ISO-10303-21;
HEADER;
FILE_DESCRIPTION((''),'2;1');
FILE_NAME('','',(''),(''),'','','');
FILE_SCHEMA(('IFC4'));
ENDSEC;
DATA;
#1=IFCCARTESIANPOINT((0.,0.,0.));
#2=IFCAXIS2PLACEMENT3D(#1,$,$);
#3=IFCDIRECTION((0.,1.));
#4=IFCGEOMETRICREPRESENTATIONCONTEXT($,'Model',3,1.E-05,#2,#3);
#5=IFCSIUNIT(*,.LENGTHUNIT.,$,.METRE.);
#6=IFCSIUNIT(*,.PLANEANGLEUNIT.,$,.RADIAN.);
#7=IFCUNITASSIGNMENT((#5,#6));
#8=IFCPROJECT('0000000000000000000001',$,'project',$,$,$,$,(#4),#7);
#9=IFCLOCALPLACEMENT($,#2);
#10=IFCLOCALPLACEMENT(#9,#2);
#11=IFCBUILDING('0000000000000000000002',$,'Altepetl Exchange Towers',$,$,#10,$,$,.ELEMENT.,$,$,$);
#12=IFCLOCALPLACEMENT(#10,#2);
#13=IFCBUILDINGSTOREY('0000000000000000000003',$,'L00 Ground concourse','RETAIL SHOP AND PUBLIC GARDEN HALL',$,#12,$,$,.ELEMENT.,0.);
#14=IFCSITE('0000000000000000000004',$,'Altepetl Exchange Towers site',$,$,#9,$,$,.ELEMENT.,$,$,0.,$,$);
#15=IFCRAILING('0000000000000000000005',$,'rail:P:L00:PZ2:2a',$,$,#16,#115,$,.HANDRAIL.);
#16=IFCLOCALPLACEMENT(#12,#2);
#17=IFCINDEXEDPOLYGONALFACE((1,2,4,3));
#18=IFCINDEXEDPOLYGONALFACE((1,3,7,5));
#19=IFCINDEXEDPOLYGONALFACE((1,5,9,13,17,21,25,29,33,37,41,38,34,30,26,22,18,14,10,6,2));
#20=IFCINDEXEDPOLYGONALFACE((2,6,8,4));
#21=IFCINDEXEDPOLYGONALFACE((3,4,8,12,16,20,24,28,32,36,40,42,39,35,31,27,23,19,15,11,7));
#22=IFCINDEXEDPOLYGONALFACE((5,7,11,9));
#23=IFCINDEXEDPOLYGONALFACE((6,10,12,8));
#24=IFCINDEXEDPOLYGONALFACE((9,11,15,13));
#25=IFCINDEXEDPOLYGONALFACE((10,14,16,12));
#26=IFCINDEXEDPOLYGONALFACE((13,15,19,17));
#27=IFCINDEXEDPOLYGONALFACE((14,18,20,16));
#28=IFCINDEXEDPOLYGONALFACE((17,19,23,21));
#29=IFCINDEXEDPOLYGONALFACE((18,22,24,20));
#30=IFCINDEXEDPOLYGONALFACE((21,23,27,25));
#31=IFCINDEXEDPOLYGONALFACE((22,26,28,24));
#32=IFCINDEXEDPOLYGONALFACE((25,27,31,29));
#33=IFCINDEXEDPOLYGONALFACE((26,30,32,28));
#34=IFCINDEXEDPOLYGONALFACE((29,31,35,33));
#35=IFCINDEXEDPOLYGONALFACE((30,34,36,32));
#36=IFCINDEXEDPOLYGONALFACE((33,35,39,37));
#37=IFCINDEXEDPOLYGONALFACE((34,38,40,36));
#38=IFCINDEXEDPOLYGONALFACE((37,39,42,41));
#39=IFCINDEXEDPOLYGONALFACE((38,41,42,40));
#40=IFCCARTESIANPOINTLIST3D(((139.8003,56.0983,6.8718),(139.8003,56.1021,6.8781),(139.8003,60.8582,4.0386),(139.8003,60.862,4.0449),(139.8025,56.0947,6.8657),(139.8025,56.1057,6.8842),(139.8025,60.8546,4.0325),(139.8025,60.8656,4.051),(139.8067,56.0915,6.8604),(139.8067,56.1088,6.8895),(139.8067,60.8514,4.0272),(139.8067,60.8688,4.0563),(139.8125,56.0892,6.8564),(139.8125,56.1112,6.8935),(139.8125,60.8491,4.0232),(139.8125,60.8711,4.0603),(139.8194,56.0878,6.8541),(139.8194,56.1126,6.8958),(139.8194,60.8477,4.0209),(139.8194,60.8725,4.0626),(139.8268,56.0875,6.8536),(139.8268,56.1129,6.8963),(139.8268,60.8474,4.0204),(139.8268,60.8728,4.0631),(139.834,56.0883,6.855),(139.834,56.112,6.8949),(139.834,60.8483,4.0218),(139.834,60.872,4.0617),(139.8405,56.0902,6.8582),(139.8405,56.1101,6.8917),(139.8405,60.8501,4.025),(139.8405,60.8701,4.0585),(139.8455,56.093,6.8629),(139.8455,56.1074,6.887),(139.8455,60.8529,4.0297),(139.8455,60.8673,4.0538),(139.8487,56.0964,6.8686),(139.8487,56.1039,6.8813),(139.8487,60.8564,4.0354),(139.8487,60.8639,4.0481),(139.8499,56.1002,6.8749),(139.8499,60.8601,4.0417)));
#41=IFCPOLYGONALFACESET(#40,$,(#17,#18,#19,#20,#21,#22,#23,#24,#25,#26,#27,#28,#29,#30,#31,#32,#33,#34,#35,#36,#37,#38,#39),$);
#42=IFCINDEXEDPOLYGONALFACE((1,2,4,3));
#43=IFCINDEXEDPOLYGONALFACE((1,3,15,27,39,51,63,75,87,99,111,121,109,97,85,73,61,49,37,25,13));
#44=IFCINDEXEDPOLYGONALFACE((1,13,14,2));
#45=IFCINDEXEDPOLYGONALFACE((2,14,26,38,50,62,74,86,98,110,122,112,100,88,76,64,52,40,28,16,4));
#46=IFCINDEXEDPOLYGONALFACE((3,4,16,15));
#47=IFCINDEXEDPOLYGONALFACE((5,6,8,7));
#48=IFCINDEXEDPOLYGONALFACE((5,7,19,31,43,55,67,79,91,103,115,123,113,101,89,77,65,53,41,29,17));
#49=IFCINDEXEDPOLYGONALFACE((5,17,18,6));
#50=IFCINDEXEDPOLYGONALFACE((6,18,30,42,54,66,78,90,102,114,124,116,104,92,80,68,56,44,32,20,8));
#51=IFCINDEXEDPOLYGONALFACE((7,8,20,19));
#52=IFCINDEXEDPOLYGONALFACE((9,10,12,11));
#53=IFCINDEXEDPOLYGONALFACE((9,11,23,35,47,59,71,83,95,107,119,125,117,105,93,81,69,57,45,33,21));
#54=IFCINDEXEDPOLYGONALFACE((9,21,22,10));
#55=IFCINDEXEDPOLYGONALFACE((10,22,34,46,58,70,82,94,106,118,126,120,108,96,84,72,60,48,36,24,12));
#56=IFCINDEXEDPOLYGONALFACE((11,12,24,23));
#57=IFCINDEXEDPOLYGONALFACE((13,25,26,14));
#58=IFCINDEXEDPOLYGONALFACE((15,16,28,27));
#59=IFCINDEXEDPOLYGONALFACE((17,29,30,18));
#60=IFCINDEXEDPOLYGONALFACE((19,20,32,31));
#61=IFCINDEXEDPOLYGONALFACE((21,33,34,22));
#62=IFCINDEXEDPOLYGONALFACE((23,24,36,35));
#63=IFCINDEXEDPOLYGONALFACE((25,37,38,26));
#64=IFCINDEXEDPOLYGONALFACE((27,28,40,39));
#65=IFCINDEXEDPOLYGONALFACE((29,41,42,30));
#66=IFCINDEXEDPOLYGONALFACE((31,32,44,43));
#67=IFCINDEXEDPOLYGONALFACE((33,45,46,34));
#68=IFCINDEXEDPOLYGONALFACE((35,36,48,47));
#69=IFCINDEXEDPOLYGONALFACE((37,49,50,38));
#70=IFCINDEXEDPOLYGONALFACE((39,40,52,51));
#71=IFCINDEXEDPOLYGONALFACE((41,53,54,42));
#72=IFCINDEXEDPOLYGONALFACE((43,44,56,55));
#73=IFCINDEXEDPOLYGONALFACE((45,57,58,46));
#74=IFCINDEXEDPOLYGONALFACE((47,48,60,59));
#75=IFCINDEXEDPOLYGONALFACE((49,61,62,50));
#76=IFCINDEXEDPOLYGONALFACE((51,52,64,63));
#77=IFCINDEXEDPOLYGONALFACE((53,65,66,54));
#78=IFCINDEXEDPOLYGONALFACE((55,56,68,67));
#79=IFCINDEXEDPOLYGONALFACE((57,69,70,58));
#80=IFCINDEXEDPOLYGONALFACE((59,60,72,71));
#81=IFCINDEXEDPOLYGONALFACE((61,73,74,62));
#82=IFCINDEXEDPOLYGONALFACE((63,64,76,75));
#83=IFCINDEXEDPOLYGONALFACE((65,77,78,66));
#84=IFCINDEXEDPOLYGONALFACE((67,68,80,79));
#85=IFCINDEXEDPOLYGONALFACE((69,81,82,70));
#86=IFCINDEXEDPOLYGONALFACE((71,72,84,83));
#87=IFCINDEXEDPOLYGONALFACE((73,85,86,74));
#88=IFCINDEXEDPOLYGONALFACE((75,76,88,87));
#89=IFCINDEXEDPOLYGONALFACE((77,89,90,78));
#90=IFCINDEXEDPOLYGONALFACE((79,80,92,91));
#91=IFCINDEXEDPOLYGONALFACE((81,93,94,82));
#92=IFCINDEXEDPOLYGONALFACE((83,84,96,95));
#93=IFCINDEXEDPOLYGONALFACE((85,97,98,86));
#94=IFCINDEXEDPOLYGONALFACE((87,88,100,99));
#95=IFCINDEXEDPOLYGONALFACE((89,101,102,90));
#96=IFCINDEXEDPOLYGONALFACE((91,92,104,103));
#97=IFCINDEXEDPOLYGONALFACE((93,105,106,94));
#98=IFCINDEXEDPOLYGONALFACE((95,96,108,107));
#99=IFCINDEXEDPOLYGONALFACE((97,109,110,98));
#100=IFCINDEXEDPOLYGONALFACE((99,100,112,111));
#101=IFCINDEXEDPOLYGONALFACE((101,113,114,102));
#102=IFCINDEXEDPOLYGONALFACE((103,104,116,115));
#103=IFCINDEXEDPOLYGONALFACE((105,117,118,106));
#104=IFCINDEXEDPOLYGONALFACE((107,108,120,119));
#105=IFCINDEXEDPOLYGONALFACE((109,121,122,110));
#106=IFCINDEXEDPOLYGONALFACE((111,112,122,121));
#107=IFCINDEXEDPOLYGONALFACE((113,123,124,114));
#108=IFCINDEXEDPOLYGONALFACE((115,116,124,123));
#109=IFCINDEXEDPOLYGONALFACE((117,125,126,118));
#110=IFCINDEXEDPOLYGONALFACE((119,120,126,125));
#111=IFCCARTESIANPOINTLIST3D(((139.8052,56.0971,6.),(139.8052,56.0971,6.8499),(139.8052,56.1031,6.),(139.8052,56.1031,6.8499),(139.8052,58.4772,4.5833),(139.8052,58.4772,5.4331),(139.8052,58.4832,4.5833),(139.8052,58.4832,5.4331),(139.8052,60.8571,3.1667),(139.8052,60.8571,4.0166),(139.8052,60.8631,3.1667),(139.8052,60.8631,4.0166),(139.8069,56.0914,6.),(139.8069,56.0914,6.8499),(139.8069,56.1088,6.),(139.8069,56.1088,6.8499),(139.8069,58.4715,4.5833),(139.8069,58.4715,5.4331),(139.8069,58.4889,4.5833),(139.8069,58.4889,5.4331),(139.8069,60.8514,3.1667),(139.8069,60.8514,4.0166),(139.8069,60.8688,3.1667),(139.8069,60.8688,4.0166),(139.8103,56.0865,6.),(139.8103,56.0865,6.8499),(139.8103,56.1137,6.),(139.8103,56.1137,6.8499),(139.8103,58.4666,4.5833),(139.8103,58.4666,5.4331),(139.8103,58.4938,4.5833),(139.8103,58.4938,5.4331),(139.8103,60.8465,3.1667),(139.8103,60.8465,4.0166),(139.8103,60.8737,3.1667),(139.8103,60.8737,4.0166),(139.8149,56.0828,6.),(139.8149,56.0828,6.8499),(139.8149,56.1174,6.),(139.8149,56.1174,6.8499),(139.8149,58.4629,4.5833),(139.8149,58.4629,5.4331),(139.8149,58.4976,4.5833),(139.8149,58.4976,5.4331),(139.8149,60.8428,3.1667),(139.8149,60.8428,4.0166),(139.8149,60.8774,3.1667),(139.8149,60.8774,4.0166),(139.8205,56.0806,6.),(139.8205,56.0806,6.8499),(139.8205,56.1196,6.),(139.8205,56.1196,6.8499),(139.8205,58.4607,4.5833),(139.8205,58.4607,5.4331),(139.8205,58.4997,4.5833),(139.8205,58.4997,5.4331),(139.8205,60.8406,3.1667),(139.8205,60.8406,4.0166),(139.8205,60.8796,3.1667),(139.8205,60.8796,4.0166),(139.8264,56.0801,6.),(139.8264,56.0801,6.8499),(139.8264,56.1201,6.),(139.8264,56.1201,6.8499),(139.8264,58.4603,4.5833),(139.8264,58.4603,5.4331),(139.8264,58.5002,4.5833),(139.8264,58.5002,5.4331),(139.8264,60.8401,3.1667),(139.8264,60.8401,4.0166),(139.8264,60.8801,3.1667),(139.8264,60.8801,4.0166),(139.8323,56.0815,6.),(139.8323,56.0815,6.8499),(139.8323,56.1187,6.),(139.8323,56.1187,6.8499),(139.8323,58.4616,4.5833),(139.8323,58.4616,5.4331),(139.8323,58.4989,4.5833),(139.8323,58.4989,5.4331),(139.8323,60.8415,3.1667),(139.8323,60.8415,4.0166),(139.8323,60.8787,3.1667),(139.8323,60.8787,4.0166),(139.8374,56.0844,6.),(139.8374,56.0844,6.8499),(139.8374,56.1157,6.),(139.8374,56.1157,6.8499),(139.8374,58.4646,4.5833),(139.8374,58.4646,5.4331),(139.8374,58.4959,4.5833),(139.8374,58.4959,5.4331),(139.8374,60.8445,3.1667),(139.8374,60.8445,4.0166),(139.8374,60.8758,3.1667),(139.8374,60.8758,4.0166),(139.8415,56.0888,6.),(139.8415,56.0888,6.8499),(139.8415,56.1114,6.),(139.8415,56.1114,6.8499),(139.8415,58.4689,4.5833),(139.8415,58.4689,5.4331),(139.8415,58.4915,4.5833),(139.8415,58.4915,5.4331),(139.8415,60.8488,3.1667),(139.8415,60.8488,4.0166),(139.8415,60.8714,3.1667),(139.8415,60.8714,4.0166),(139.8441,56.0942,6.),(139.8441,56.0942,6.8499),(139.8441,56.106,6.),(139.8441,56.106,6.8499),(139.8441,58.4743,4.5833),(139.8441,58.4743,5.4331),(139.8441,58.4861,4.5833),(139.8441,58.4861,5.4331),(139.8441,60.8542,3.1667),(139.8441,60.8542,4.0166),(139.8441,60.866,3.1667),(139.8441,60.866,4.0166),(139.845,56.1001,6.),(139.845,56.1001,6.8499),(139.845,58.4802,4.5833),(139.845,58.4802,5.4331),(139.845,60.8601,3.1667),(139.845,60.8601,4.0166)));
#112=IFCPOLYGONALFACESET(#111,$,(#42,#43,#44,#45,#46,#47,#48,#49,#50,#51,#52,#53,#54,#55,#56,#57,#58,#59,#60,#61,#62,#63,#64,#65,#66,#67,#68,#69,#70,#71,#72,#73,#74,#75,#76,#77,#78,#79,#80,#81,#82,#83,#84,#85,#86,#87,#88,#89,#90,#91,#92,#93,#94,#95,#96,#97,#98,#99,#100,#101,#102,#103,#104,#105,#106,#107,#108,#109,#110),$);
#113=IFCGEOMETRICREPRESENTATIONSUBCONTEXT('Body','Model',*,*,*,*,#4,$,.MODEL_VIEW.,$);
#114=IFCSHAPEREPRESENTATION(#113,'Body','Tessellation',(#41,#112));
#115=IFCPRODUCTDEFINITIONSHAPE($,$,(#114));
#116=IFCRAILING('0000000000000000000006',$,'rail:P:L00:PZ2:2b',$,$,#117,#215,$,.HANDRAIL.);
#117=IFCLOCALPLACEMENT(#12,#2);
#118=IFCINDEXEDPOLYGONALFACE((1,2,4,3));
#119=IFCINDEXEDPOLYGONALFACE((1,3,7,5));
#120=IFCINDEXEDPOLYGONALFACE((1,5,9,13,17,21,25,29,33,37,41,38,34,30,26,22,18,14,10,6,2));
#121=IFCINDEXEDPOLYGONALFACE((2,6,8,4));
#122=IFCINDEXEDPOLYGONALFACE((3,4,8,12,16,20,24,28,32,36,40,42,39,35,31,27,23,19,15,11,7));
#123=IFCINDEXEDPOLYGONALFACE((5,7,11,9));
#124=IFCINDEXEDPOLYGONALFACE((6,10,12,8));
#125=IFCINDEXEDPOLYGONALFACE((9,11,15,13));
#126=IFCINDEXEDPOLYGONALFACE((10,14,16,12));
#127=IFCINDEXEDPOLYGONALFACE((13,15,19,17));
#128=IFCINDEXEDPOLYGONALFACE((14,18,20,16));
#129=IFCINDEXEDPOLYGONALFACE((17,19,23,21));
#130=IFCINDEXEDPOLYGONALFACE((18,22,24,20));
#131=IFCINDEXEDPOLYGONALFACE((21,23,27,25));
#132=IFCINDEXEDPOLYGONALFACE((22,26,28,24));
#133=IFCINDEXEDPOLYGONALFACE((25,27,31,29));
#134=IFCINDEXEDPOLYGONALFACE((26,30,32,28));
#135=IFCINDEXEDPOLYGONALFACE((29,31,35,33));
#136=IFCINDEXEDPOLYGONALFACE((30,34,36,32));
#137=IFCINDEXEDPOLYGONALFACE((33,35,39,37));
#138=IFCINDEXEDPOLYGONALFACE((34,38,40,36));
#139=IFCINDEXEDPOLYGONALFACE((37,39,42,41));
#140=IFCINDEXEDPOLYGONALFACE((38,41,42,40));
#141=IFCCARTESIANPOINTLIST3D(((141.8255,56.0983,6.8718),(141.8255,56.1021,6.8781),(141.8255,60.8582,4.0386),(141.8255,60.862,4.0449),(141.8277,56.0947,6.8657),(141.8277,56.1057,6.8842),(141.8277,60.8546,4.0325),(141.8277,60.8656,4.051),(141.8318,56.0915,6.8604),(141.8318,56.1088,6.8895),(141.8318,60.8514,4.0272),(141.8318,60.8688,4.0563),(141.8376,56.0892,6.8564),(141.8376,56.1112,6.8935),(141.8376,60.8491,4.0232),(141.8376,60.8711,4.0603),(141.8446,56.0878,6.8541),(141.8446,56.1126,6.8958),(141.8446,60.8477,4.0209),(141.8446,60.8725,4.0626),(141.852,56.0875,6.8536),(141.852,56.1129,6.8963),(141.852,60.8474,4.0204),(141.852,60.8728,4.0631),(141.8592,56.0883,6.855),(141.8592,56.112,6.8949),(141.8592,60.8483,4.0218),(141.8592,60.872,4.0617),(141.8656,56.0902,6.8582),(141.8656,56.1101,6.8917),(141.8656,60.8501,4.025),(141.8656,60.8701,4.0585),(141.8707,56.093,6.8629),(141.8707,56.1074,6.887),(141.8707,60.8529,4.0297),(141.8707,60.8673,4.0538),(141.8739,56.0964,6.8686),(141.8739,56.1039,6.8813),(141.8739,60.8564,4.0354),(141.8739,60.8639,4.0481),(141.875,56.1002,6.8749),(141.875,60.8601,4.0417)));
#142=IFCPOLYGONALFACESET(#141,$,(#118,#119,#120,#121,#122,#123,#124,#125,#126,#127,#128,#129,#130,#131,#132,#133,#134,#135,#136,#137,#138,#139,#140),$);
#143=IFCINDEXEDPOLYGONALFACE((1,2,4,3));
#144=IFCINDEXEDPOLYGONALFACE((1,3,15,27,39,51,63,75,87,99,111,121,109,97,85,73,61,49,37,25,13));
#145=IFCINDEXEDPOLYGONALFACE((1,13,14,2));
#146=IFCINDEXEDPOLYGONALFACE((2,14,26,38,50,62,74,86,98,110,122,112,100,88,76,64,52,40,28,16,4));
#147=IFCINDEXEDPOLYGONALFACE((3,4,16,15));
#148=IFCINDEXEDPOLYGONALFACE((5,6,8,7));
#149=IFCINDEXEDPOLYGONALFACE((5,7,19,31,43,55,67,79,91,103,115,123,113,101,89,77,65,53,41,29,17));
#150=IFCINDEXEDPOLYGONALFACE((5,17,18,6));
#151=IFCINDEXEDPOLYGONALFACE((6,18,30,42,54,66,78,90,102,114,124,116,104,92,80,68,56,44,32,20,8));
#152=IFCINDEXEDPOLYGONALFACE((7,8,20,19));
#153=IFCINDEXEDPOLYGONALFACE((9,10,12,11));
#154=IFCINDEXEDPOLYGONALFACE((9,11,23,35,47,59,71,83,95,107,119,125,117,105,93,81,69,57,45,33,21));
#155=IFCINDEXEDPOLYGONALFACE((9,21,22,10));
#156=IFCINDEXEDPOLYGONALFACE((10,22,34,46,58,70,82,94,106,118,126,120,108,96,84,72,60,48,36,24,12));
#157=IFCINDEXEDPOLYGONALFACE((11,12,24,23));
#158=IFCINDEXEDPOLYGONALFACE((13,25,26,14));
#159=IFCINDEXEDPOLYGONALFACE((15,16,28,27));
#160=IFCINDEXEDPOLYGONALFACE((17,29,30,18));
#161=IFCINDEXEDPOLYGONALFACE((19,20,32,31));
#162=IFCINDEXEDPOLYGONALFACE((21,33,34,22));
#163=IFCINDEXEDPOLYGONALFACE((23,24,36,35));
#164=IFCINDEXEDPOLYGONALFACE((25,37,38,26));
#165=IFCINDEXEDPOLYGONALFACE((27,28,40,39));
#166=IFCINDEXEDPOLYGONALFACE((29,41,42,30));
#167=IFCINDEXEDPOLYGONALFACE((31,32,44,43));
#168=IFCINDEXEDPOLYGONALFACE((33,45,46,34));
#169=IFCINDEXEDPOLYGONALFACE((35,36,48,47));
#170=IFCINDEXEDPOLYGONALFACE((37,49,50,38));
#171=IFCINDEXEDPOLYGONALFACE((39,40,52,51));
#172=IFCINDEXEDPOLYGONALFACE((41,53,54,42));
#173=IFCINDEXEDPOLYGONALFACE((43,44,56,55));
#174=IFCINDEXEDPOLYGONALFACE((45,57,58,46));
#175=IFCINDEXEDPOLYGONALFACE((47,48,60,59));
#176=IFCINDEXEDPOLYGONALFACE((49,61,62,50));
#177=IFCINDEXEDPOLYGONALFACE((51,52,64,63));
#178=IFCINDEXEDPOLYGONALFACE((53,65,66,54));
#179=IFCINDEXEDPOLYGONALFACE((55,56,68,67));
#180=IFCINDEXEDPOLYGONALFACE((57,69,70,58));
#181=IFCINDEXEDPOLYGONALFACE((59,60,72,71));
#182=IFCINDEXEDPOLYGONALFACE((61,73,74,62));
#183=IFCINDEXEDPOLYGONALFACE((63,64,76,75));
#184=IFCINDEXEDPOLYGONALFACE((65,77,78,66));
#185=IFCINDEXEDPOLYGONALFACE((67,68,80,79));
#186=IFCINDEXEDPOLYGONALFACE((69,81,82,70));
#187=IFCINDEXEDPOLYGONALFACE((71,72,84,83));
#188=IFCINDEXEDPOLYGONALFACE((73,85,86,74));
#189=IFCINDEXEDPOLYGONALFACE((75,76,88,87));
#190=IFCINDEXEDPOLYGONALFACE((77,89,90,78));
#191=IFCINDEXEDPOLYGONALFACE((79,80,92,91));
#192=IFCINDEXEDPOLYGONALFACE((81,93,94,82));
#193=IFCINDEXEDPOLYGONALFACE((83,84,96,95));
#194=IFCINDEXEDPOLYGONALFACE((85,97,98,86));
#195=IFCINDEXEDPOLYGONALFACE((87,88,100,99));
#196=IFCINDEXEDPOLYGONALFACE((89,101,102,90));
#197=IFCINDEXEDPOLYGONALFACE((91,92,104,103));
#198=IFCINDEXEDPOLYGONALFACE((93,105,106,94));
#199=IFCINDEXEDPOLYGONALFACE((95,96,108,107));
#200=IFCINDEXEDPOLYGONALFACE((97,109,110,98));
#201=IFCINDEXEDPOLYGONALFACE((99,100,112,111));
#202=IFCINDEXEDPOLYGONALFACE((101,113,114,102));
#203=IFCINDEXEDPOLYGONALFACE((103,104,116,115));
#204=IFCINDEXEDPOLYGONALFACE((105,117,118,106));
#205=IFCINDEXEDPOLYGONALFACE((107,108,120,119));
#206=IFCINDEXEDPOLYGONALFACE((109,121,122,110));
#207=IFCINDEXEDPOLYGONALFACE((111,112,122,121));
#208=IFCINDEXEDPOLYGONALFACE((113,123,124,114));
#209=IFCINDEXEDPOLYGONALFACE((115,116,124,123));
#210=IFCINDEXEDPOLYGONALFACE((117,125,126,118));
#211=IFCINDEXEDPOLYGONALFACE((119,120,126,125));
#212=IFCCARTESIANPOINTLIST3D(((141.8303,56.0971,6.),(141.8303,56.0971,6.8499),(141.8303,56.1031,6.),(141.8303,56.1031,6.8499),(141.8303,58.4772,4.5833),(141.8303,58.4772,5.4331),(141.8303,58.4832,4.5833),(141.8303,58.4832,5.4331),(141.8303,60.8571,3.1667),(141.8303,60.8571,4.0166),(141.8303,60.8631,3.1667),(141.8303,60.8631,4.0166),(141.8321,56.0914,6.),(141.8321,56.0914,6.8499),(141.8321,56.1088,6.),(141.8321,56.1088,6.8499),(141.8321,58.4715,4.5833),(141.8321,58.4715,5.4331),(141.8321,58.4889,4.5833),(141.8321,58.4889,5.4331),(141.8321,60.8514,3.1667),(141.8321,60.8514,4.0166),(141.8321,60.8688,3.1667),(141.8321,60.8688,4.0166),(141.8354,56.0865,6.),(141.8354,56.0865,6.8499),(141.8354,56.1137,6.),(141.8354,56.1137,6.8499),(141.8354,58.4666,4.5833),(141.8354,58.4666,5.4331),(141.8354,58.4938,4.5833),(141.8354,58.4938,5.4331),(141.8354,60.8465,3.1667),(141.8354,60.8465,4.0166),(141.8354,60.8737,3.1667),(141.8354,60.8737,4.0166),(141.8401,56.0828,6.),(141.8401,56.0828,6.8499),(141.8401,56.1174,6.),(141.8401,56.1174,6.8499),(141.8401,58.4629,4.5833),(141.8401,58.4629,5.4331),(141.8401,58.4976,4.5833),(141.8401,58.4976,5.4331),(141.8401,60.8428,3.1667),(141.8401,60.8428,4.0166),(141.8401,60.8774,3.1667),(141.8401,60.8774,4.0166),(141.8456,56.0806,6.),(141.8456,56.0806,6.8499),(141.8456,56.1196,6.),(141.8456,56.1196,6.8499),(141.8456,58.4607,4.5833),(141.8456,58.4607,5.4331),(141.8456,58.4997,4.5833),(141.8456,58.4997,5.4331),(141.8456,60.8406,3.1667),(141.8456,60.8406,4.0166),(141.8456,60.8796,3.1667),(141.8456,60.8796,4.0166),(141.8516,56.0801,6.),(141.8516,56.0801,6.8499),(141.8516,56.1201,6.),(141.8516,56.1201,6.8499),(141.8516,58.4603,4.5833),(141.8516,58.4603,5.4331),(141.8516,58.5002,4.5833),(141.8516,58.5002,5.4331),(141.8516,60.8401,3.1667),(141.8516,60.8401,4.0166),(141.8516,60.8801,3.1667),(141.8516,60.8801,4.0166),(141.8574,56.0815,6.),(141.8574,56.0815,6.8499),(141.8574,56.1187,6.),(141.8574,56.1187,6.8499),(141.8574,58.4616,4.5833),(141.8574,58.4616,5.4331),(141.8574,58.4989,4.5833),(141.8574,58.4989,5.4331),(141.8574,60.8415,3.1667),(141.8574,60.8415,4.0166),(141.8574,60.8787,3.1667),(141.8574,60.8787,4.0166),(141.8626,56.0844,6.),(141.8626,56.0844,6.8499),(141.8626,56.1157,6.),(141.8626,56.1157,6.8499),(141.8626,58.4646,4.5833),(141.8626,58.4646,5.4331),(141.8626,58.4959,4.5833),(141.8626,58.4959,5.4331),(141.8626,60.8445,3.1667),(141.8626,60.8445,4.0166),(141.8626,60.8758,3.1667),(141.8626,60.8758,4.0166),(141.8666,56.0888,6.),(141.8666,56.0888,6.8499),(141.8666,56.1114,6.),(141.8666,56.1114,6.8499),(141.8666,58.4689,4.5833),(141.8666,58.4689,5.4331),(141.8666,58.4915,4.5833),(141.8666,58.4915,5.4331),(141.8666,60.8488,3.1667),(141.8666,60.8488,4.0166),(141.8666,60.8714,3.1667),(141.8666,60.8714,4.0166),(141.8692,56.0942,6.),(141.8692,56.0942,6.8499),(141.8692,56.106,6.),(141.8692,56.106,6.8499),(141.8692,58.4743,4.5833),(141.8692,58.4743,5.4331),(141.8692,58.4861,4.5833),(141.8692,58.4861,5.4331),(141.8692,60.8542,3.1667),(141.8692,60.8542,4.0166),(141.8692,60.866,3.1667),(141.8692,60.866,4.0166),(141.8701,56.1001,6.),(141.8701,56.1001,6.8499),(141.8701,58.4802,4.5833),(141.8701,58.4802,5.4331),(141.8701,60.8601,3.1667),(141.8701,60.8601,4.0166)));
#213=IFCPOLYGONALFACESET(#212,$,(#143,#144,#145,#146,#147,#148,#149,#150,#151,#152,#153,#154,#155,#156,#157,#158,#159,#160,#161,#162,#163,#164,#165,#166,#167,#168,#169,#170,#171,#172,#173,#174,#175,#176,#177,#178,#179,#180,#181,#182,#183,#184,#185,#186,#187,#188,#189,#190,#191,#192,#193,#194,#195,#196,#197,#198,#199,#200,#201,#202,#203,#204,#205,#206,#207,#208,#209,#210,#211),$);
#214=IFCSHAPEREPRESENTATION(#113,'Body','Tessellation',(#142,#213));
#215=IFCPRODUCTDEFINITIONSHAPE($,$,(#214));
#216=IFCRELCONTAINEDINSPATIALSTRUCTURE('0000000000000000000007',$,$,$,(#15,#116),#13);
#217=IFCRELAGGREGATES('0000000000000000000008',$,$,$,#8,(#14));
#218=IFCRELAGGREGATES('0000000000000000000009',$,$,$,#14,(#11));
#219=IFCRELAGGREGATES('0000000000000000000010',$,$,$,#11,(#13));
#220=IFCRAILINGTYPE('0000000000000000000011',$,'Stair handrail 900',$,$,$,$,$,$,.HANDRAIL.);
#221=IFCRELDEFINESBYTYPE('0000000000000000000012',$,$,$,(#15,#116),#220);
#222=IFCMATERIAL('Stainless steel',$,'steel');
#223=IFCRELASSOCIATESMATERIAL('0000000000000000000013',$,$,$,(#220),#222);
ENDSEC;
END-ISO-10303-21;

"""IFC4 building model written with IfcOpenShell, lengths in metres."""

from ifc_helpers import new_model, si_unit, direction, frame, origin, origin_2d, place, context, subcontext, project, spatial, circle, extrude, source, transform, mapped, material, type_object, element, save


model = new_model("IFC4")

# Units and contexts
model_context = context("Model", 3, precision=1e-05, world=origin(), true_north=direction((0.0, 1.0)))
body_context = subcontext(model_context, "Body", "Model", "MODEL_VIEW")
ifc_project = project(units=[si_unit("LENGTHUNIT", "METRE"), si_unit("PLANEANGLEUNIT", "RADIAN")], contexts=[model_context])

# Site, building, storey
site_placement = place(None, origin())
site = spatial("IfcSite", under=ifc_project, at=site_placement, Name="Altepetl Exchange Towers site", CompositionType="ELEMENT", RefElevation=0.0)
building_placement = place(site_placement, origin())
building = spatial("IfcBuilding", under=site, at=building_placement, Name="Altepetl Exchange Towers", CompositionType="ELEMENT")
storey_placement = place(building_placement, origin())
storey = spatial("IfcBuildingStorey", under=building, at=storey_placement, Name="L00 Ground concourse", Description="RETAIL SHOP AND PUBLIC GARDEN HALL", CompositionType="ELEMENT", Elevation=0.0)

# Railings
ifc_material_1 = material(Name="Stainless steel", Category="steel")
railing_type_1 = type_object("IfcRailingType", Name="Stair handrail 900", PredefinedType="HANDRAIL", material=ifc_material_1)
shared_shape_1 = source(origin(), body_context, "Body", "SweptSolid", [
    extrude(circle(Radius=0.02, at=origin_2d()), origin(), (0.0, 0.0, 1.0), 0.8499),
])
for number, where, name in (
    (1, (139.825, 60.8601, 3.1667), "rail:P:L00:PZ2:2a"),
    (2, (141.8501, 60.8601, 3.1667), "rail:P:L00:PZ2:2b"),
):
    element("IfcRailing", number, at=place(storey_placement, frame(where)), inside=storey, type_object=railing_type_1, Name=name, PredefinedType="HANDRAIL", context=body_context, shape_type="SweptSolid", body=[
        extrude(circle(Radius=0.0249, at=origin_2d()), frame((0.0, 0.0, 0.875), z_axis=(0.0, -0.8593, 0.511472), x_axis=(1.0, 0.0, 0.0)), (0.0, 0.0, 1.0), 5.5393),
        mapped(shared_shape_1, transform((0.0, 0.0, 0.0))),
        mapped(shared_shape_1, transform((0.0, -2.3799, 1.4165))),
        mapped(shared_shape_1, transform((0.0, -4.76, 2.8333))),
    ])

save(model, "model.ifc")
